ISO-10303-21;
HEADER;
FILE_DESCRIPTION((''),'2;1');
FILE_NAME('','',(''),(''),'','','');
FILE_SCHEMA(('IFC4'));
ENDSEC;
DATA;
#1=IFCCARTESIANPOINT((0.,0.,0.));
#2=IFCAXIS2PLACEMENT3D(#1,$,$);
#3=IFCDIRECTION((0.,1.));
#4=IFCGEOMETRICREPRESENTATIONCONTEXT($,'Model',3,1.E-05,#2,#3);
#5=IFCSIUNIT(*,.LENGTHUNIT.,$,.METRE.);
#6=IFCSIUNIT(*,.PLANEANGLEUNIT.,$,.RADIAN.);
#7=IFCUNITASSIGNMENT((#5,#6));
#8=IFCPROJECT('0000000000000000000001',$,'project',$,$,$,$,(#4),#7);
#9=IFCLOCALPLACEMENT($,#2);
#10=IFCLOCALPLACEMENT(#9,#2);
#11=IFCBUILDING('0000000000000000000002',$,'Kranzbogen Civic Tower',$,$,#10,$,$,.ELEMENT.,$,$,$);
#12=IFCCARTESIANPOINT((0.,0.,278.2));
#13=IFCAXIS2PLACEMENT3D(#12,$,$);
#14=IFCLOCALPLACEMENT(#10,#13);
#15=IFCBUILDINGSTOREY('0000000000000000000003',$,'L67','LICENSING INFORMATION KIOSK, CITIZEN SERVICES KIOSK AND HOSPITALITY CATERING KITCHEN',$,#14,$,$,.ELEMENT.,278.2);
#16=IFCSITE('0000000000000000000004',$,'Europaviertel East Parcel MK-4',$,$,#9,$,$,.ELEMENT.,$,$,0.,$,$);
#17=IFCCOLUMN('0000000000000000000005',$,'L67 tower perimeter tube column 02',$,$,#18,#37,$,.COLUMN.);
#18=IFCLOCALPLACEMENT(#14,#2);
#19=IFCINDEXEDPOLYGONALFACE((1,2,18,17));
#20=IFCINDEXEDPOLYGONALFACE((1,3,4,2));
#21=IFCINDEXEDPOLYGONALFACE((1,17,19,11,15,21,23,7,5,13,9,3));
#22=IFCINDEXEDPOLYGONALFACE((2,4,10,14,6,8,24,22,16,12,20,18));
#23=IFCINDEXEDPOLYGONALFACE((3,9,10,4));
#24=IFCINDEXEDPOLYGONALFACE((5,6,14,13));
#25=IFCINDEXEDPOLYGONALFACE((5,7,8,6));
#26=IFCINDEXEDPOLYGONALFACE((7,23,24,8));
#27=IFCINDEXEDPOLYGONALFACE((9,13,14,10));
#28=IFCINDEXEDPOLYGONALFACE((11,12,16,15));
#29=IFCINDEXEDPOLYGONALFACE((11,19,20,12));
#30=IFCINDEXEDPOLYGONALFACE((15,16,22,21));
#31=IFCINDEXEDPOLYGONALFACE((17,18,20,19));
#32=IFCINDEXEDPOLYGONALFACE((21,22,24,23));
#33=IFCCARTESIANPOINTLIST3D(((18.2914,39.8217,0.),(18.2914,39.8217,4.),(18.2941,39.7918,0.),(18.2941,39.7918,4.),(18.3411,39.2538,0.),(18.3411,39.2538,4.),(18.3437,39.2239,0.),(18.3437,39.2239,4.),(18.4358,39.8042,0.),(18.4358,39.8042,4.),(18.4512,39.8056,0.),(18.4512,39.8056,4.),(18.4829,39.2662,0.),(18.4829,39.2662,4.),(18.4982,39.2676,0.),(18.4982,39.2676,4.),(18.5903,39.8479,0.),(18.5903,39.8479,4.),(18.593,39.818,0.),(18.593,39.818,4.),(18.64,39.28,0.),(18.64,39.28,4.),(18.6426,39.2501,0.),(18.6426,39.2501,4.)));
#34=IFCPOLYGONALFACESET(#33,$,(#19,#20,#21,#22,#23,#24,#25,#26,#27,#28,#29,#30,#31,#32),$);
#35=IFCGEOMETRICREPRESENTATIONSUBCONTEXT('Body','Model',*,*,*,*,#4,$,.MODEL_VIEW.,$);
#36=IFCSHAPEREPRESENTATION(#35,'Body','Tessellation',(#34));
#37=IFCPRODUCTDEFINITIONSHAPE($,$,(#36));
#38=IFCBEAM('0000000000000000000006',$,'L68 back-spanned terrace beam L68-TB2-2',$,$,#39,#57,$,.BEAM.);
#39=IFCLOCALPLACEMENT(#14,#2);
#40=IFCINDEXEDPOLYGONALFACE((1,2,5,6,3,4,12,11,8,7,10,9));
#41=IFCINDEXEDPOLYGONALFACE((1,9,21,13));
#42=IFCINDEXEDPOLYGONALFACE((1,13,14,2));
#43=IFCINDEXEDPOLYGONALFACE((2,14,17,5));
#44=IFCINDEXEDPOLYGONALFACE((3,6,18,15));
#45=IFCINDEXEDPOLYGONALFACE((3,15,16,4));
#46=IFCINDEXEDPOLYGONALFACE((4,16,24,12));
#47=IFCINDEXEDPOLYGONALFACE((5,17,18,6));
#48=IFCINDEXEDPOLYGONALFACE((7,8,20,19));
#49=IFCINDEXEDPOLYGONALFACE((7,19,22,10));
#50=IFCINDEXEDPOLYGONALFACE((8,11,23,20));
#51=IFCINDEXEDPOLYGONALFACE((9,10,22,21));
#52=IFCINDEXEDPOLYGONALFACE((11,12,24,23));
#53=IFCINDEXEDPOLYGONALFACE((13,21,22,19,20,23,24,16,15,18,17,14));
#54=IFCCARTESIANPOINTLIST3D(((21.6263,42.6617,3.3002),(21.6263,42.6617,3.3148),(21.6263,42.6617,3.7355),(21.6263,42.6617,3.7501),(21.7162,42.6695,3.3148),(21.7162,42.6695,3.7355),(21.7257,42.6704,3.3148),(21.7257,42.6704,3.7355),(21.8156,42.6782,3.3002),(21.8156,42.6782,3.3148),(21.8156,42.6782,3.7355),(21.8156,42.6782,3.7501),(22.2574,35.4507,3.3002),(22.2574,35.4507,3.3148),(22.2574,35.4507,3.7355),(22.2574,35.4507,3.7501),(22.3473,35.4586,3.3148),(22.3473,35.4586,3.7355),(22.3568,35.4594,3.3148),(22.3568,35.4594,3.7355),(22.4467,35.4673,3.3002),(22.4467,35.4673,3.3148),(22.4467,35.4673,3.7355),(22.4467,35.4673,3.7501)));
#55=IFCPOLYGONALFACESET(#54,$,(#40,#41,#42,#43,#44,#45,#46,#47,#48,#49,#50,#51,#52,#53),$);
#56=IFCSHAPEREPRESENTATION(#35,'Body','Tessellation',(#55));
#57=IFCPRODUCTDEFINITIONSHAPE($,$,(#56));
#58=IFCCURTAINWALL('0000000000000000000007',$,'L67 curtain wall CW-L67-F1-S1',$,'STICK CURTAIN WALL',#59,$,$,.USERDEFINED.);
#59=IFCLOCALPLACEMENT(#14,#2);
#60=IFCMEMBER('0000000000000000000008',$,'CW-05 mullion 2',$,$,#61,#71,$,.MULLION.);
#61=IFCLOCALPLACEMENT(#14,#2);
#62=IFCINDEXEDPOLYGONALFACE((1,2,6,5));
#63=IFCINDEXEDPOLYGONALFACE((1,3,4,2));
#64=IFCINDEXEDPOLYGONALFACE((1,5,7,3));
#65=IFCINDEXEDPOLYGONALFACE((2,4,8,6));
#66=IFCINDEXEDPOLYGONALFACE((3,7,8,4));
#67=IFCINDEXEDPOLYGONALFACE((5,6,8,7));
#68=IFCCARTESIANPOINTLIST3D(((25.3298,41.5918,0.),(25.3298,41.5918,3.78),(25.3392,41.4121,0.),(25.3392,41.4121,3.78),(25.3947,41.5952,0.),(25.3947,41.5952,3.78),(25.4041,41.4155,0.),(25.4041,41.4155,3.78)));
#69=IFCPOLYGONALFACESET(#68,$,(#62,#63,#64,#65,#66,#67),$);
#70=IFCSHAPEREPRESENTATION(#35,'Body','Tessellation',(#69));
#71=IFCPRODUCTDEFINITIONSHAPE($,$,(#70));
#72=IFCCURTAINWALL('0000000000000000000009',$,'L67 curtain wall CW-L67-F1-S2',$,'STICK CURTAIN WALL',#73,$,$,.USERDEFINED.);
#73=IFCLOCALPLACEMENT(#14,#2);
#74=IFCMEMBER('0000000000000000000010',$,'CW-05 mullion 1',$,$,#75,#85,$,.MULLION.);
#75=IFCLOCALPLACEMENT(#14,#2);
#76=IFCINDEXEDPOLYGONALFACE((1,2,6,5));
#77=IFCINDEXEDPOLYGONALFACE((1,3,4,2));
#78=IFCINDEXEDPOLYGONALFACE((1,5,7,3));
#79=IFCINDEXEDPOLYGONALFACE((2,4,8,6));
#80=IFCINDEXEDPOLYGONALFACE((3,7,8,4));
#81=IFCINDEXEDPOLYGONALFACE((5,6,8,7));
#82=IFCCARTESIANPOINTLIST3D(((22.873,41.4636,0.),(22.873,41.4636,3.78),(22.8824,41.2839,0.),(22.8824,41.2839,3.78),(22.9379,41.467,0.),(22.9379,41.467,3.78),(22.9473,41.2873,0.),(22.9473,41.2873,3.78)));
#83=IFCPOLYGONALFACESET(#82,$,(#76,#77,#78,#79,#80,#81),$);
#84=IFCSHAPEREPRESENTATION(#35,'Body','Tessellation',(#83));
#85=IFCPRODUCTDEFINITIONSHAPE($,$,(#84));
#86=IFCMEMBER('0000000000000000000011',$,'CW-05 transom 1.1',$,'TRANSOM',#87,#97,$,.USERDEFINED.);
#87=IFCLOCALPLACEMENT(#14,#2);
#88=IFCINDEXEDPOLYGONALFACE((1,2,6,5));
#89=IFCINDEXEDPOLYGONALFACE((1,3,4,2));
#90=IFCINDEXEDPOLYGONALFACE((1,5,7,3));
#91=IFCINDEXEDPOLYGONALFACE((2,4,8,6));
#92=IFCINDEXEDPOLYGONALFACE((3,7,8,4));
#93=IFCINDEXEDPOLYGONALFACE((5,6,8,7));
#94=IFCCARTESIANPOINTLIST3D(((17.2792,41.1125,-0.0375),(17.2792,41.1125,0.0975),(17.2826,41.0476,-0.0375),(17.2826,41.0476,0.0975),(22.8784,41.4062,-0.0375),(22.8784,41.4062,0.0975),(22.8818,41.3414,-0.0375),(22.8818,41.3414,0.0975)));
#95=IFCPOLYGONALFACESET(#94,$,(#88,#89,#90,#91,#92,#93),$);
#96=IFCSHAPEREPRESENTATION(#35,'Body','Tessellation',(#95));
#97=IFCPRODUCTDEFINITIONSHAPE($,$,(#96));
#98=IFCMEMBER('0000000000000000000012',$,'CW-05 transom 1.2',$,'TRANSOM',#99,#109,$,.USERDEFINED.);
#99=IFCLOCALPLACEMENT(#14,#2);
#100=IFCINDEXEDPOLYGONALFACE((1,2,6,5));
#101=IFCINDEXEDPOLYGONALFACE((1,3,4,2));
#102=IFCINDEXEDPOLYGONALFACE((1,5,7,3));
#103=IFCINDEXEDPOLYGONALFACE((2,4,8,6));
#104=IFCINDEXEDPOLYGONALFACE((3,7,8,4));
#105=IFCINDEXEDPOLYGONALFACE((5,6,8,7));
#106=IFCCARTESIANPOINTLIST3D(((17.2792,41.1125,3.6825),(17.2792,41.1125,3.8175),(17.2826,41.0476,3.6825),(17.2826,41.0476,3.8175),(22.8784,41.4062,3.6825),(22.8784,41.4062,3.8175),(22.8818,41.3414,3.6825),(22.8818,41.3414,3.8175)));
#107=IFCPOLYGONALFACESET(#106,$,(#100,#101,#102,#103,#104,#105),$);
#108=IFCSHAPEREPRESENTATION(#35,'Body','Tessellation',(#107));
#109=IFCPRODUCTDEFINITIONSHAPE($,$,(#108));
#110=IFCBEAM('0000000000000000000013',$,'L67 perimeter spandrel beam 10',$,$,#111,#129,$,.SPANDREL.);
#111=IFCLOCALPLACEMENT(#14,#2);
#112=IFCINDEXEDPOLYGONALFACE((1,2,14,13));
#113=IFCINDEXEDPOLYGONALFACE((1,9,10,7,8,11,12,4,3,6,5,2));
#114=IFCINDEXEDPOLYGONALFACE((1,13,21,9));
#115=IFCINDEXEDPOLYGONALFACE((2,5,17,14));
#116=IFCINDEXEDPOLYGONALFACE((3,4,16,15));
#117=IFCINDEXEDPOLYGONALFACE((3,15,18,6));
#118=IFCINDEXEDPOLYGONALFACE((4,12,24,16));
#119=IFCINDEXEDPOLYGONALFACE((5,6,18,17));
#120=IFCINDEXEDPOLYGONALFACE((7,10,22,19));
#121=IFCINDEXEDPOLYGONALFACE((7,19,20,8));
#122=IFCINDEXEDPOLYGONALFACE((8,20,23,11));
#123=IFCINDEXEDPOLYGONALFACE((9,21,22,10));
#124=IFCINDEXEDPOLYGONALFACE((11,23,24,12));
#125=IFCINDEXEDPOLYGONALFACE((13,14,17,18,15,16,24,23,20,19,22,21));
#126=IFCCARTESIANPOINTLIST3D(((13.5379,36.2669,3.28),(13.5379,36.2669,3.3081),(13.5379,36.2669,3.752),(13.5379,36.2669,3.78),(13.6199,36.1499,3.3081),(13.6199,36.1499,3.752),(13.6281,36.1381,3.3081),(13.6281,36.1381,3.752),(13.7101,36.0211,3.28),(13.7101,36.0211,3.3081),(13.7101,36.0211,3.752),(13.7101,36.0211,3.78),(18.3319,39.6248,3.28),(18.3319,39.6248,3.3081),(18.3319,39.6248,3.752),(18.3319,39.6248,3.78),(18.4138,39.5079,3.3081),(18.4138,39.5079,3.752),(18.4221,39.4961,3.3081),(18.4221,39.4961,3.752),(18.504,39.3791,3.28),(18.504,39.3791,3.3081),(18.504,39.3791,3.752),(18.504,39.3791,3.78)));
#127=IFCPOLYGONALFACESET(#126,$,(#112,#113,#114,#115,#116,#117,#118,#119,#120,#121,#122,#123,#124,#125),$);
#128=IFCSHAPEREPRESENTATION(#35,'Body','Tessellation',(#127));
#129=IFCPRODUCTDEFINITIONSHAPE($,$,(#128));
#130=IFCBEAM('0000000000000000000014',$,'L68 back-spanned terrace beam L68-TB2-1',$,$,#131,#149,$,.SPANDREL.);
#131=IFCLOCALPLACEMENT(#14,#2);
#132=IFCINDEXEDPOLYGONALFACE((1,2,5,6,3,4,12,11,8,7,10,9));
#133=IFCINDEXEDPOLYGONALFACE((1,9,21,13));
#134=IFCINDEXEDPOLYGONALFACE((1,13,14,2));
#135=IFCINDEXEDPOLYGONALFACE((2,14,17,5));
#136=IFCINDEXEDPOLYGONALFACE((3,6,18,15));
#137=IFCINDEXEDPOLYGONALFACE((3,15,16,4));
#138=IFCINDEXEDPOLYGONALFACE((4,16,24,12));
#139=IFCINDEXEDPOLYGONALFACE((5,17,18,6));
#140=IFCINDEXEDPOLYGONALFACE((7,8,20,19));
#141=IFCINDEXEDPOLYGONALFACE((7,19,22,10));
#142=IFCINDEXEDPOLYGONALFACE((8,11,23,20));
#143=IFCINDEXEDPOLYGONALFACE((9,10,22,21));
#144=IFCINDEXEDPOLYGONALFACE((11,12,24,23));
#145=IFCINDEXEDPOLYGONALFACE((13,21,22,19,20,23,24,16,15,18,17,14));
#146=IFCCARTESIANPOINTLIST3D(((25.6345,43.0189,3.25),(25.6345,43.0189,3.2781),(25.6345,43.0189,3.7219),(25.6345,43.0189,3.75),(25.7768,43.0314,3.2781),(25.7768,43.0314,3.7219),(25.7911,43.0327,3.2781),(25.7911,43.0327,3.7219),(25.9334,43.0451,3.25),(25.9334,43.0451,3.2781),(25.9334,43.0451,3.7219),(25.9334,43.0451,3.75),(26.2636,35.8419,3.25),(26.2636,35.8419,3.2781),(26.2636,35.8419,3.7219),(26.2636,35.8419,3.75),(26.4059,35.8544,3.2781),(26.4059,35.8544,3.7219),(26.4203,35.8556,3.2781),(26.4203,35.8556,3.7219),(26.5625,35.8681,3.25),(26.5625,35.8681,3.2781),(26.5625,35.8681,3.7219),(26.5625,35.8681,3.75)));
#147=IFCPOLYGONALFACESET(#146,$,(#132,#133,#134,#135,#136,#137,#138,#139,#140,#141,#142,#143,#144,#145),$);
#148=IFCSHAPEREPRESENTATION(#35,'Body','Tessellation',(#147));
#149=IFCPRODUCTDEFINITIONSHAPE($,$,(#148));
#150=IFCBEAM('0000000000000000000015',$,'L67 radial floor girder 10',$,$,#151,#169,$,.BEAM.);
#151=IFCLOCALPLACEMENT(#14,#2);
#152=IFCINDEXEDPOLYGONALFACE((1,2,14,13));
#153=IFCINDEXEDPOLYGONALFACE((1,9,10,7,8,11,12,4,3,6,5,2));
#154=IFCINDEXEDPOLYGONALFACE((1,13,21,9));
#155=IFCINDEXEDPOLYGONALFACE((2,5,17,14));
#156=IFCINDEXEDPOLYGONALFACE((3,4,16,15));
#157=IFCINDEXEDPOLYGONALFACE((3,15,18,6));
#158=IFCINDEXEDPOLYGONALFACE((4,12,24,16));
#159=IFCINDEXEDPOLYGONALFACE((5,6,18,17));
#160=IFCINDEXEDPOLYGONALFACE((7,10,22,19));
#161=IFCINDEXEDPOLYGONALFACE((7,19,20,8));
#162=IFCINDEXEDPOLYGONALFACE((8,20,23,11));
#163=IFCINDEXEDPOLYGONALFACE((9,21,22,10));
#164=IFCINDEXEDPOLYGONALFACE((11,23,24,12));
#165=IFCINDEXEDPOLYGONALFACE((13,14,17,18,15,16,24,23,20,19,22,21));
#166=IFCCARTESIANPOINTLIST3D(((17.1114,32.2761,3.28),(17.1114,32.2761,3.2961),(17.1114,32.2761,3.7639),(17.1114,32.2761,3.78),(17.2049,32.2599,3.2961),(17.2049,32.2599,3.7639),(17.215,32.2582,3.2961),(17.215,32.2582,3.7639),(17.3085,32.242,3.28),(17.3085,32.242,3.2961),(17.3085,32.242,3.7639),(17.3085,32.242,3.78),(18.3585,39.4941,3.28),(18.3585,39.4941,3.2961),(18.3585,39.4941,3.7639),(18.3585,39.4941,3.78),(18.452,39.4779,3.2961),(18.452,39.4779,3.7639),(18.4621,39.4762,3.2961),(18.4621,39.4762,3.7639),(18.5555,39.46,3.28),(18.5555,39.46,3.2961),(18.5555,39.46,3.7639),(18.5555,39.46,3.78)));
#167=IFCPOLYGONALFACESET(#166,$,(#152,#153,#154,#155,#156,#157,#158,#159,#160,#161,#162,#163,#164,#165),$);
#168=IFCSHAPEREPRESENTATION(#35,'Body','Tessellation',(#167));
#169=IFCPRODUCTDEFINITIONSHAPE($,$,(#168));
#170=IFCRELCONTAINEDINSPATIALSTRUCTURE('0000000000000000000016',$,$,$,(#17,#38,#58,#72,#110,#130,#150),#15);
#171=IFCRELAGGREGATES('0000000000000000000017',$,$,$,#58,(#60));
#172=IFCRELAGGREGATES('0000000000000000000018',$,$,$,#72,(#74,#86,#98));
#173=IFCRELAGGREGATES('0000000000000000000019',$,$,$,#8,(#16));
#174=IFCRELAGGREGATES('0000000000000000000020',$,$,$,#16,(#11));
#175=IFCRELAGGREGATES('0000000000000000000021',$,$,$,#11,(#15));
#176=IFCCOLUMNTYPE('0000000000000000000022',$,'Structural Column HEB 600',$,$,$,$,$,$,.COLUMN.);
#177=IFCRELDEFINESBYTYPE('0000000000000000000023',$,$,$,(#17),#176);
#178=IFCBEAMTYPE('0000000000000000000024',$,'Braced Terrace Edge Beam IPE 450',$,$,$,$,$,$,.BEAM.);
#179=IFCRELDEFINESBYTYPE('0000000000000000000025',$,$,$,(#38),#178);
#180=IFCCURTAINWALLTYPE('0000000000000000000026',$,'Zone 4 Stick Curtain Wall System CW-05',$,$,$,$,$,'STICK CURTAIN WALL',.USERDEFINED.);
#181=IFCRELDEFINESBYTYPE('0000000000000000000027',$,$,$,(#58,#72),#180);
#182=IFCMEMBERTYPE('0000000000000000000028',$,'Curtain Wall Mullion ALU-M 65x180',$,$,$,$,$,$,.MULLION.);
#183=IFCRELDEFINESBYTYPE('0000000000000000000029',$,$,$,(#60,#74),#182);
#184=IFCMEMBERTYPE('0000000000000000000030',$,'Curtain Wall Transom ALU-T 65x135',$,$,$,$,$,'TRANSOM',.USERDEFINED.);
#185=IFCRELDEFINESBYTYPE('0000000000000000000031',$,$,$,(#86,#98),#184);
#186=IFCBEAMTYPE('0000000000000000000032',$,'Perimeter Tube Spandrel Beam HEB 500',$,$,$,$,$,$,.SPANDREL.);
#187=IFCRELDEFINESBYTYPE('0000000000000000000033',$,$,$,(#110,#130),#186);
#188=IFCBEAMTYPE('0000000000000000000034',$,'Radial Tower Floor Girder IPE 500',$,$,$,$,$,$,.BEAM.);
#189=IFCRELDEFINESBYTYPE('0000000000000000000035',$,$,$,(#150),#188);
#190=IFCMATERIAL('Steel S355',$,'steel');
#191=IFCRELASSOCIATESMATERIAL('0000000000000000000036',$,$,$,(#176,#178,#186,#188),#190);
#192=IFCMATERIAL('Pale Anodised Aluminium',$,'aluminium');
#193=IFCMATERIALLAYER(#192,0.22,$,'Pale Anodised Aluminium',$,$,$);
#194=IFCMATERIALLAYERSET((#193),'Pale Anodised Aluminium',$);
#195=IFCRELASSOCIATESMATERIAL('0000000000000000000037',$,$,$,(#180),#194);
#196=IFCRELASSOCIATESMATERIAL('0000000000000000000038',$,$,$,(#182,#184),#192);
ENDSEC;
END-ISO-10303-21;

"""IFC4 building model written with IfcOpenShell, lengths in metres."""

from ifc_helpers import new_model, si_unit, direction, frame, origin, origin_2d, place, context, subcontext, project, spatial, rectangle, i_section, extrude, material, layer, layer_set, material_profile, profile_set, type_object, element, aggregate, save


model = new_model("IFC4")

# Units and contexts
model_context = context("Model", 3, precision=1e-05, world=origin(), true_north=direction((0.0, 1.0)))
body_context = subcontext(model_context, "Body", "Model", "MODEL_VIEW")
ifc_project = project(units=[si_unit("LENGTHUNIT", "METRE"), si_unit("PLANEANGLEUNIT", "RADIAN")], contexts=[model_context])

# Site, building, storey
site_placement = place(None, origin())
site = spatial("IfcSite", under=ifc_project, at=site_placement, Name="Europaviertel East Parcel MK-4", CompositionType="ELEMENT", RefElevation=0.0)
building_placement = place(site_placement, origin())
building = spatial("IfcBuilding", under=site, at=building_placement, Name="Kranzbogen Civic Tower", CompositionType="ELEMENT")
storey_placement = place(building_placement, frame((0.0, 0.0, 278.2)))
storey = spatial("IfcBuildingStorey", under=building, at=storey_placement, Name="L67", Description="LICENSING INFORMATION KIOSK, CITIZEN SERVICES KIOSK AND HOSPITALITY CATERING KITCHEN", CompositionType="ELEMENT", Elevation=278.2)

# Column
ifc_material_1 = material(Name="Steel S355", Category="steel")
ifc_material_profile_1 = material_profile(ifc_material_1, i_section(OverallWidth=0.3, OverallDepth=0.6001, WebThickness=0.0154, FlangeThickness=0.03, at=origin_2d()), Name="HEB 600")
ifc_profile_set_1 = profile_set([ifc_material_profile_1], Name="Steel S355")
column_type = type_object("IfcColumnType", Name="Structural Column HEB 600", PredefinedType="COLUMN", material=ifc_profile_set_1)
column_placement = place(storey_placement, frame((18.467, 39.5359, 0.0), z_axis=(0.0, 0.0, 1.0), x_axis=(0.996195, 0.087156, 0.0)))
element("IfcColumn", 1, at=column_placement, inside=storey, type_object=column_type, Name="L67 tower perimeter tube column 02", PredefinedType="COLUMN", context=body_context, shape_type="SweptSolid", body=[
    extrude(i_section(OverallWidth=0.3, OverallDepth=0.6001, WebThickness=0.0154, FlangeThickness=0.03, at=origin_2d()), origin(), (0.0, 0.0, 1.0), 4.0),
])

# Beam
ifc_material_profile_2 = material_profile(ifc_material_1, i_section(OverallWidth=0.1899, OverallDepth=0.45, WebThickness=0.0095, FlangeThickness=0.0146, at=origin_2d()), Name="IPE 450")
ifc_profile_set_2 = profile_set([ifc_material_profile_2], Name="Steel S355")
beam_type_1 = type_object("IfcBeamType", Name="Braced Terrace Edge Beam IPE 450", PredefinedType="BEAM", material=ifc_profile_set_2)
beam_1_placement = place(storey_placement, frame((22.3521, 35.459, 3.5251), z_axis=(-0.087187, 0.996192, 0.0), x_axis=(-0.996192, -0.087187, 0.0)))
element("IfcBeam", 2, at=beam_1_placement, inside=storey, type_object=beam_type_1, Name="L68 back-spanned terrace beam L68-TB2-2", PredefinedType="BEAM", context=body_context, shape_type="SweptSolid", body=[
    extrude(i_section(OverallWidth=0.1899, OverallDepth=0.45, WebThickness=0.0095, FlangeThickness=0.0146, at=origin_2d()), origin(), (0.0, 0.0, 1.0), 7.2385),
])

# Curtain wall, member
ifc_material_2 = material(Name="Pale Anodised Aluminium", Category="aluminium")
ifc_layer_1 = layer(ifc_material_2, 0.22, Name="Pale Anodised Aluminium")
ifc_layer_set_1 = layer_set([ifc_layer_1], Name="Pale Anodised Aluminium")
curtain_wall_type = type_object("IfcCurtainWallType", Name="Zone 4 Stick Curtain Wall System CW-05", ElementType="STICK CURTAIN WALL", PredefinedType="USERDEFINED", material=ifc_layer_set_1)
curtain_wall_1_placement = place(storey_placement, origin())
curtain_wall_1 = element("IfcCurtainWall", 3, at=curtain_wall_1_placement, inside=storey, type_object=curtain_wall_type, Name="L67 curtain wall CW-L67-F1-S1", ObjectType="STICK CURTAIN WALL", PredefinedType="USERDEFINED")
ifc_material_profile_3 = material_profile(ifc_material_2, rectangle(XDim=0.0649, YDim=0.1799, at=origin_2d()), Name="ALU-M 65x180")
ifc_profile_set_3 = profile_set([ifc_material_profile_3], Name="Pale Anodised Aluminium")
member_type_1 = type_object("IfcMemberType", Name="Curtain Wall Mullion ALU-M 65x180", PredefinedType="MULLION", material=ifc_profile_set_3)
member_1_placement = place(storey_placement, frame((25.3669, 41.5037, 0.0), z_axis=(0.0, 0.0, 1.0), x_axis=(-0.998627, -0.052385, 0.0)))
member_1 = element("IfcMember", 4, at=member_1_placement, type_object=member_type_1, Name="CW-05 mullion 2", PredefinedType="MULLION", context=body_context, shape_type="SweptSolid", body=[
    extrude(rectangle(XDim=0.0649, YDim=0.1799, at=origin_2d()), origin(), (0.0, 0.0, 1.0), 3.78),
])

# Curtain wall, members
curtain_wall_2_placement = place(storey_placement, origin())
curtain_wall_2 = element("IfcCurtainWall", 5, at=curtain_wall_2_placement, inside=storey, type_object=curtain_wall_type, Name="L67 curtain wall CW-L67-F1-S2", ObjectType="STICK CURTAIN WALL", PredefinedType="USERDEFINED")
member_2_placement = place(storey_placement, frame((22.9102, 41.3755, 0.0), z_axis=(0.0, 0.0, 1.0), x_axis=(-0.998627, -0.052385, 0.0)))
member_2 = element("IfcMember", 6, at=member_2_placement, type_object=member_type_1, Name="CW-05 mullion 1", PredefinedType="MULLION", context=body_context, shape_type="SweptSolid", body=[
    extrude(rectangle(XDim=0.0649, YDim=0.1799, at=origin_2d()), origin(), (0.0, 0.0, 1.0), 3.78),
])
ifc_material_profile_4 = material_profile(ifc_material_2, rectangle(XDim=0.0649, YDim=0.135, at=origin_2d()), Name="ALU-T 65x135")
ifc_profile_set_4 = profile_set([ifc_material_profile_4], Name="Pale Anodised Aluminium")
member_type_2 = type_object("IfcMemberType", Name="Curtain Wall Transom ALU-T 65x135", ElementType="TRANSOM", PredefinedType="USERDEFINED", material=ifc_profile_set_4)
member_3_placement = place(storey_placement, frame((22.8801, 41.3738, 0.03), z_axis=(-0.998627, -0.052383, 0.0), x_axis=(0.052383, -0.998627, 0.0)))
member_3 = element("IfcMember", 7, at=member_3_placement, type_object=member_type_2, Name="CW-05 transom 1.1", ObjectType="TRANSOM", PredefinedType="USERDEFINED", context=body_context, shape_type="SweptSolid", body=[
    extrude(rectangle(XDim=0.0649, YDim=0.135, at=origin_2d()), origin(), (0.0, 0.0, 1.0), 5.6069),
])
member_4_placement = place(storey_placement, frame((22.8801, 41.3738, 3.75), z_axis=(-0.998627, -0.052383, 0.0), x_axis=(0.052383, -0.998627, 0.0)))
member_4 = element("IfcMember", 8, at=member_4_placement, type_object=member_type_2, Name="CW-05 transom 1.2", ObjectType="TRANSOM", PredefinedType="USERDEFINED", context=body_context, shape_type="SweptSolid", body=[
    extrude(rectangle(XDim=0.0649, YDim=0.135, at=origin_2d()), origin(), (0.0, 0.0, 1.0), 5.6069),
])

# Beams
ifc_material_profile_5 = material_profile(ifc_material_1, i_section(OverallWidth=0.3, OverallDepth=0.5, WebThickness=0.0144, FlangeThickness=0.0281, at=origin_2d()), Name="HEB 500")
ifc_profile_set_5 = profile_set([ifc_material_profile_5], Name="Steel S355")
beam_type_2 = type_object("IfcBeamType", Name="Perimeter Tube Spandrel Beam HEB 500", PredefinedType="SPANDREL", material=ifc_profile_set_5)
beam_2_placement = place(storey_placement, frame((18.418, 39.502, 3.53), z_axis=(-0.819059, -0.573709, 0.0), x_axis=(0.573709, -0.819059, 0.0)))
element("IfcBeam", 9, at=beam_2_placement, inside=storey, type_object=beam_type_2, Name="L67 perimeter spandrel beam 10", PredefinedType="SPANDREL", context=body_context, shape_type="SweptSolid", body=[
    extrude(i_section(OverallWidth=0.3, OverallDepth=0.5, WebThickness=0.0144, FlangeThickness=0.0281, at=origin_2d()), origin(), (0.0, 0.0, 1.0), 5.853),
])
beam_3_placement = place(storey_placement, frame((26.4131, 35.855, 3.5), z_axis=(-0.087327, 0.99618, 0.0), x_axis=(-0.99618, -0.087327, 0.0)))
element("IfcBeam", 10, at=beam_3_placement, inside=storey, type_object=beam_type_2, Name="L68 back-spanned terrace beam L68-TB2-1", PredefinedType="SPANDREL", context=body_context, shape_type="SweptSolid", body=[
    extrude(i_section(OverallWidth=0.3, OverallDepth=0.5, WebThickness=0.0144, FlangeThickness=0.0281, at=origin_2d()), origin(), (0.0, 0.0, 1.0), 7.2046),
])
ifc_material_profile_6 = material_profile(ifc_material_1, i_section(OverallWidth=0.2, OverallDepth=0.5, WebThickness=0.0103, FlangeThickness=0.0161, at=origin_2d()), Name="IPE 500")
ifc_profile_set_6 = profile_set([ifc_material_profile_6], Name="Steel S355")
beam_type_3 = type_object("IfcBeamType", Name="Radial Tower Floor Girder IPE 500", PredefinedType="BEAM", material=ifc_profile_set_6)
beam_4_placement = place(storey_placement, frame((18.457, 39.4771, 3.53), z_axis=(-0.17025, -0.985401, 0.0), x_axis=(0.985401, -0.17025, 0.0)))
element("IfcBeam", 11, at=beam_4_placement, inside=storey, type_object=beam_type_3, Name="L67 radial floor girder 10", PredefinedType="BEAM", context=body_context, shape_type="SweptSolid", body=[
    extrude(i_section(OverallWidth=0.2, OverallDepth=0.5, WebThickness=0.0103, FlangeThickness=0.0161, at=origin_2d()), origin(), (0.0, 0.0, 1.0), 7.325),
])

aggregate(curtain_wall_1, [member_1])
aggregate(curtain_wall_2, [member_2, member_3, member_4])

save(model, "model.ifc")
